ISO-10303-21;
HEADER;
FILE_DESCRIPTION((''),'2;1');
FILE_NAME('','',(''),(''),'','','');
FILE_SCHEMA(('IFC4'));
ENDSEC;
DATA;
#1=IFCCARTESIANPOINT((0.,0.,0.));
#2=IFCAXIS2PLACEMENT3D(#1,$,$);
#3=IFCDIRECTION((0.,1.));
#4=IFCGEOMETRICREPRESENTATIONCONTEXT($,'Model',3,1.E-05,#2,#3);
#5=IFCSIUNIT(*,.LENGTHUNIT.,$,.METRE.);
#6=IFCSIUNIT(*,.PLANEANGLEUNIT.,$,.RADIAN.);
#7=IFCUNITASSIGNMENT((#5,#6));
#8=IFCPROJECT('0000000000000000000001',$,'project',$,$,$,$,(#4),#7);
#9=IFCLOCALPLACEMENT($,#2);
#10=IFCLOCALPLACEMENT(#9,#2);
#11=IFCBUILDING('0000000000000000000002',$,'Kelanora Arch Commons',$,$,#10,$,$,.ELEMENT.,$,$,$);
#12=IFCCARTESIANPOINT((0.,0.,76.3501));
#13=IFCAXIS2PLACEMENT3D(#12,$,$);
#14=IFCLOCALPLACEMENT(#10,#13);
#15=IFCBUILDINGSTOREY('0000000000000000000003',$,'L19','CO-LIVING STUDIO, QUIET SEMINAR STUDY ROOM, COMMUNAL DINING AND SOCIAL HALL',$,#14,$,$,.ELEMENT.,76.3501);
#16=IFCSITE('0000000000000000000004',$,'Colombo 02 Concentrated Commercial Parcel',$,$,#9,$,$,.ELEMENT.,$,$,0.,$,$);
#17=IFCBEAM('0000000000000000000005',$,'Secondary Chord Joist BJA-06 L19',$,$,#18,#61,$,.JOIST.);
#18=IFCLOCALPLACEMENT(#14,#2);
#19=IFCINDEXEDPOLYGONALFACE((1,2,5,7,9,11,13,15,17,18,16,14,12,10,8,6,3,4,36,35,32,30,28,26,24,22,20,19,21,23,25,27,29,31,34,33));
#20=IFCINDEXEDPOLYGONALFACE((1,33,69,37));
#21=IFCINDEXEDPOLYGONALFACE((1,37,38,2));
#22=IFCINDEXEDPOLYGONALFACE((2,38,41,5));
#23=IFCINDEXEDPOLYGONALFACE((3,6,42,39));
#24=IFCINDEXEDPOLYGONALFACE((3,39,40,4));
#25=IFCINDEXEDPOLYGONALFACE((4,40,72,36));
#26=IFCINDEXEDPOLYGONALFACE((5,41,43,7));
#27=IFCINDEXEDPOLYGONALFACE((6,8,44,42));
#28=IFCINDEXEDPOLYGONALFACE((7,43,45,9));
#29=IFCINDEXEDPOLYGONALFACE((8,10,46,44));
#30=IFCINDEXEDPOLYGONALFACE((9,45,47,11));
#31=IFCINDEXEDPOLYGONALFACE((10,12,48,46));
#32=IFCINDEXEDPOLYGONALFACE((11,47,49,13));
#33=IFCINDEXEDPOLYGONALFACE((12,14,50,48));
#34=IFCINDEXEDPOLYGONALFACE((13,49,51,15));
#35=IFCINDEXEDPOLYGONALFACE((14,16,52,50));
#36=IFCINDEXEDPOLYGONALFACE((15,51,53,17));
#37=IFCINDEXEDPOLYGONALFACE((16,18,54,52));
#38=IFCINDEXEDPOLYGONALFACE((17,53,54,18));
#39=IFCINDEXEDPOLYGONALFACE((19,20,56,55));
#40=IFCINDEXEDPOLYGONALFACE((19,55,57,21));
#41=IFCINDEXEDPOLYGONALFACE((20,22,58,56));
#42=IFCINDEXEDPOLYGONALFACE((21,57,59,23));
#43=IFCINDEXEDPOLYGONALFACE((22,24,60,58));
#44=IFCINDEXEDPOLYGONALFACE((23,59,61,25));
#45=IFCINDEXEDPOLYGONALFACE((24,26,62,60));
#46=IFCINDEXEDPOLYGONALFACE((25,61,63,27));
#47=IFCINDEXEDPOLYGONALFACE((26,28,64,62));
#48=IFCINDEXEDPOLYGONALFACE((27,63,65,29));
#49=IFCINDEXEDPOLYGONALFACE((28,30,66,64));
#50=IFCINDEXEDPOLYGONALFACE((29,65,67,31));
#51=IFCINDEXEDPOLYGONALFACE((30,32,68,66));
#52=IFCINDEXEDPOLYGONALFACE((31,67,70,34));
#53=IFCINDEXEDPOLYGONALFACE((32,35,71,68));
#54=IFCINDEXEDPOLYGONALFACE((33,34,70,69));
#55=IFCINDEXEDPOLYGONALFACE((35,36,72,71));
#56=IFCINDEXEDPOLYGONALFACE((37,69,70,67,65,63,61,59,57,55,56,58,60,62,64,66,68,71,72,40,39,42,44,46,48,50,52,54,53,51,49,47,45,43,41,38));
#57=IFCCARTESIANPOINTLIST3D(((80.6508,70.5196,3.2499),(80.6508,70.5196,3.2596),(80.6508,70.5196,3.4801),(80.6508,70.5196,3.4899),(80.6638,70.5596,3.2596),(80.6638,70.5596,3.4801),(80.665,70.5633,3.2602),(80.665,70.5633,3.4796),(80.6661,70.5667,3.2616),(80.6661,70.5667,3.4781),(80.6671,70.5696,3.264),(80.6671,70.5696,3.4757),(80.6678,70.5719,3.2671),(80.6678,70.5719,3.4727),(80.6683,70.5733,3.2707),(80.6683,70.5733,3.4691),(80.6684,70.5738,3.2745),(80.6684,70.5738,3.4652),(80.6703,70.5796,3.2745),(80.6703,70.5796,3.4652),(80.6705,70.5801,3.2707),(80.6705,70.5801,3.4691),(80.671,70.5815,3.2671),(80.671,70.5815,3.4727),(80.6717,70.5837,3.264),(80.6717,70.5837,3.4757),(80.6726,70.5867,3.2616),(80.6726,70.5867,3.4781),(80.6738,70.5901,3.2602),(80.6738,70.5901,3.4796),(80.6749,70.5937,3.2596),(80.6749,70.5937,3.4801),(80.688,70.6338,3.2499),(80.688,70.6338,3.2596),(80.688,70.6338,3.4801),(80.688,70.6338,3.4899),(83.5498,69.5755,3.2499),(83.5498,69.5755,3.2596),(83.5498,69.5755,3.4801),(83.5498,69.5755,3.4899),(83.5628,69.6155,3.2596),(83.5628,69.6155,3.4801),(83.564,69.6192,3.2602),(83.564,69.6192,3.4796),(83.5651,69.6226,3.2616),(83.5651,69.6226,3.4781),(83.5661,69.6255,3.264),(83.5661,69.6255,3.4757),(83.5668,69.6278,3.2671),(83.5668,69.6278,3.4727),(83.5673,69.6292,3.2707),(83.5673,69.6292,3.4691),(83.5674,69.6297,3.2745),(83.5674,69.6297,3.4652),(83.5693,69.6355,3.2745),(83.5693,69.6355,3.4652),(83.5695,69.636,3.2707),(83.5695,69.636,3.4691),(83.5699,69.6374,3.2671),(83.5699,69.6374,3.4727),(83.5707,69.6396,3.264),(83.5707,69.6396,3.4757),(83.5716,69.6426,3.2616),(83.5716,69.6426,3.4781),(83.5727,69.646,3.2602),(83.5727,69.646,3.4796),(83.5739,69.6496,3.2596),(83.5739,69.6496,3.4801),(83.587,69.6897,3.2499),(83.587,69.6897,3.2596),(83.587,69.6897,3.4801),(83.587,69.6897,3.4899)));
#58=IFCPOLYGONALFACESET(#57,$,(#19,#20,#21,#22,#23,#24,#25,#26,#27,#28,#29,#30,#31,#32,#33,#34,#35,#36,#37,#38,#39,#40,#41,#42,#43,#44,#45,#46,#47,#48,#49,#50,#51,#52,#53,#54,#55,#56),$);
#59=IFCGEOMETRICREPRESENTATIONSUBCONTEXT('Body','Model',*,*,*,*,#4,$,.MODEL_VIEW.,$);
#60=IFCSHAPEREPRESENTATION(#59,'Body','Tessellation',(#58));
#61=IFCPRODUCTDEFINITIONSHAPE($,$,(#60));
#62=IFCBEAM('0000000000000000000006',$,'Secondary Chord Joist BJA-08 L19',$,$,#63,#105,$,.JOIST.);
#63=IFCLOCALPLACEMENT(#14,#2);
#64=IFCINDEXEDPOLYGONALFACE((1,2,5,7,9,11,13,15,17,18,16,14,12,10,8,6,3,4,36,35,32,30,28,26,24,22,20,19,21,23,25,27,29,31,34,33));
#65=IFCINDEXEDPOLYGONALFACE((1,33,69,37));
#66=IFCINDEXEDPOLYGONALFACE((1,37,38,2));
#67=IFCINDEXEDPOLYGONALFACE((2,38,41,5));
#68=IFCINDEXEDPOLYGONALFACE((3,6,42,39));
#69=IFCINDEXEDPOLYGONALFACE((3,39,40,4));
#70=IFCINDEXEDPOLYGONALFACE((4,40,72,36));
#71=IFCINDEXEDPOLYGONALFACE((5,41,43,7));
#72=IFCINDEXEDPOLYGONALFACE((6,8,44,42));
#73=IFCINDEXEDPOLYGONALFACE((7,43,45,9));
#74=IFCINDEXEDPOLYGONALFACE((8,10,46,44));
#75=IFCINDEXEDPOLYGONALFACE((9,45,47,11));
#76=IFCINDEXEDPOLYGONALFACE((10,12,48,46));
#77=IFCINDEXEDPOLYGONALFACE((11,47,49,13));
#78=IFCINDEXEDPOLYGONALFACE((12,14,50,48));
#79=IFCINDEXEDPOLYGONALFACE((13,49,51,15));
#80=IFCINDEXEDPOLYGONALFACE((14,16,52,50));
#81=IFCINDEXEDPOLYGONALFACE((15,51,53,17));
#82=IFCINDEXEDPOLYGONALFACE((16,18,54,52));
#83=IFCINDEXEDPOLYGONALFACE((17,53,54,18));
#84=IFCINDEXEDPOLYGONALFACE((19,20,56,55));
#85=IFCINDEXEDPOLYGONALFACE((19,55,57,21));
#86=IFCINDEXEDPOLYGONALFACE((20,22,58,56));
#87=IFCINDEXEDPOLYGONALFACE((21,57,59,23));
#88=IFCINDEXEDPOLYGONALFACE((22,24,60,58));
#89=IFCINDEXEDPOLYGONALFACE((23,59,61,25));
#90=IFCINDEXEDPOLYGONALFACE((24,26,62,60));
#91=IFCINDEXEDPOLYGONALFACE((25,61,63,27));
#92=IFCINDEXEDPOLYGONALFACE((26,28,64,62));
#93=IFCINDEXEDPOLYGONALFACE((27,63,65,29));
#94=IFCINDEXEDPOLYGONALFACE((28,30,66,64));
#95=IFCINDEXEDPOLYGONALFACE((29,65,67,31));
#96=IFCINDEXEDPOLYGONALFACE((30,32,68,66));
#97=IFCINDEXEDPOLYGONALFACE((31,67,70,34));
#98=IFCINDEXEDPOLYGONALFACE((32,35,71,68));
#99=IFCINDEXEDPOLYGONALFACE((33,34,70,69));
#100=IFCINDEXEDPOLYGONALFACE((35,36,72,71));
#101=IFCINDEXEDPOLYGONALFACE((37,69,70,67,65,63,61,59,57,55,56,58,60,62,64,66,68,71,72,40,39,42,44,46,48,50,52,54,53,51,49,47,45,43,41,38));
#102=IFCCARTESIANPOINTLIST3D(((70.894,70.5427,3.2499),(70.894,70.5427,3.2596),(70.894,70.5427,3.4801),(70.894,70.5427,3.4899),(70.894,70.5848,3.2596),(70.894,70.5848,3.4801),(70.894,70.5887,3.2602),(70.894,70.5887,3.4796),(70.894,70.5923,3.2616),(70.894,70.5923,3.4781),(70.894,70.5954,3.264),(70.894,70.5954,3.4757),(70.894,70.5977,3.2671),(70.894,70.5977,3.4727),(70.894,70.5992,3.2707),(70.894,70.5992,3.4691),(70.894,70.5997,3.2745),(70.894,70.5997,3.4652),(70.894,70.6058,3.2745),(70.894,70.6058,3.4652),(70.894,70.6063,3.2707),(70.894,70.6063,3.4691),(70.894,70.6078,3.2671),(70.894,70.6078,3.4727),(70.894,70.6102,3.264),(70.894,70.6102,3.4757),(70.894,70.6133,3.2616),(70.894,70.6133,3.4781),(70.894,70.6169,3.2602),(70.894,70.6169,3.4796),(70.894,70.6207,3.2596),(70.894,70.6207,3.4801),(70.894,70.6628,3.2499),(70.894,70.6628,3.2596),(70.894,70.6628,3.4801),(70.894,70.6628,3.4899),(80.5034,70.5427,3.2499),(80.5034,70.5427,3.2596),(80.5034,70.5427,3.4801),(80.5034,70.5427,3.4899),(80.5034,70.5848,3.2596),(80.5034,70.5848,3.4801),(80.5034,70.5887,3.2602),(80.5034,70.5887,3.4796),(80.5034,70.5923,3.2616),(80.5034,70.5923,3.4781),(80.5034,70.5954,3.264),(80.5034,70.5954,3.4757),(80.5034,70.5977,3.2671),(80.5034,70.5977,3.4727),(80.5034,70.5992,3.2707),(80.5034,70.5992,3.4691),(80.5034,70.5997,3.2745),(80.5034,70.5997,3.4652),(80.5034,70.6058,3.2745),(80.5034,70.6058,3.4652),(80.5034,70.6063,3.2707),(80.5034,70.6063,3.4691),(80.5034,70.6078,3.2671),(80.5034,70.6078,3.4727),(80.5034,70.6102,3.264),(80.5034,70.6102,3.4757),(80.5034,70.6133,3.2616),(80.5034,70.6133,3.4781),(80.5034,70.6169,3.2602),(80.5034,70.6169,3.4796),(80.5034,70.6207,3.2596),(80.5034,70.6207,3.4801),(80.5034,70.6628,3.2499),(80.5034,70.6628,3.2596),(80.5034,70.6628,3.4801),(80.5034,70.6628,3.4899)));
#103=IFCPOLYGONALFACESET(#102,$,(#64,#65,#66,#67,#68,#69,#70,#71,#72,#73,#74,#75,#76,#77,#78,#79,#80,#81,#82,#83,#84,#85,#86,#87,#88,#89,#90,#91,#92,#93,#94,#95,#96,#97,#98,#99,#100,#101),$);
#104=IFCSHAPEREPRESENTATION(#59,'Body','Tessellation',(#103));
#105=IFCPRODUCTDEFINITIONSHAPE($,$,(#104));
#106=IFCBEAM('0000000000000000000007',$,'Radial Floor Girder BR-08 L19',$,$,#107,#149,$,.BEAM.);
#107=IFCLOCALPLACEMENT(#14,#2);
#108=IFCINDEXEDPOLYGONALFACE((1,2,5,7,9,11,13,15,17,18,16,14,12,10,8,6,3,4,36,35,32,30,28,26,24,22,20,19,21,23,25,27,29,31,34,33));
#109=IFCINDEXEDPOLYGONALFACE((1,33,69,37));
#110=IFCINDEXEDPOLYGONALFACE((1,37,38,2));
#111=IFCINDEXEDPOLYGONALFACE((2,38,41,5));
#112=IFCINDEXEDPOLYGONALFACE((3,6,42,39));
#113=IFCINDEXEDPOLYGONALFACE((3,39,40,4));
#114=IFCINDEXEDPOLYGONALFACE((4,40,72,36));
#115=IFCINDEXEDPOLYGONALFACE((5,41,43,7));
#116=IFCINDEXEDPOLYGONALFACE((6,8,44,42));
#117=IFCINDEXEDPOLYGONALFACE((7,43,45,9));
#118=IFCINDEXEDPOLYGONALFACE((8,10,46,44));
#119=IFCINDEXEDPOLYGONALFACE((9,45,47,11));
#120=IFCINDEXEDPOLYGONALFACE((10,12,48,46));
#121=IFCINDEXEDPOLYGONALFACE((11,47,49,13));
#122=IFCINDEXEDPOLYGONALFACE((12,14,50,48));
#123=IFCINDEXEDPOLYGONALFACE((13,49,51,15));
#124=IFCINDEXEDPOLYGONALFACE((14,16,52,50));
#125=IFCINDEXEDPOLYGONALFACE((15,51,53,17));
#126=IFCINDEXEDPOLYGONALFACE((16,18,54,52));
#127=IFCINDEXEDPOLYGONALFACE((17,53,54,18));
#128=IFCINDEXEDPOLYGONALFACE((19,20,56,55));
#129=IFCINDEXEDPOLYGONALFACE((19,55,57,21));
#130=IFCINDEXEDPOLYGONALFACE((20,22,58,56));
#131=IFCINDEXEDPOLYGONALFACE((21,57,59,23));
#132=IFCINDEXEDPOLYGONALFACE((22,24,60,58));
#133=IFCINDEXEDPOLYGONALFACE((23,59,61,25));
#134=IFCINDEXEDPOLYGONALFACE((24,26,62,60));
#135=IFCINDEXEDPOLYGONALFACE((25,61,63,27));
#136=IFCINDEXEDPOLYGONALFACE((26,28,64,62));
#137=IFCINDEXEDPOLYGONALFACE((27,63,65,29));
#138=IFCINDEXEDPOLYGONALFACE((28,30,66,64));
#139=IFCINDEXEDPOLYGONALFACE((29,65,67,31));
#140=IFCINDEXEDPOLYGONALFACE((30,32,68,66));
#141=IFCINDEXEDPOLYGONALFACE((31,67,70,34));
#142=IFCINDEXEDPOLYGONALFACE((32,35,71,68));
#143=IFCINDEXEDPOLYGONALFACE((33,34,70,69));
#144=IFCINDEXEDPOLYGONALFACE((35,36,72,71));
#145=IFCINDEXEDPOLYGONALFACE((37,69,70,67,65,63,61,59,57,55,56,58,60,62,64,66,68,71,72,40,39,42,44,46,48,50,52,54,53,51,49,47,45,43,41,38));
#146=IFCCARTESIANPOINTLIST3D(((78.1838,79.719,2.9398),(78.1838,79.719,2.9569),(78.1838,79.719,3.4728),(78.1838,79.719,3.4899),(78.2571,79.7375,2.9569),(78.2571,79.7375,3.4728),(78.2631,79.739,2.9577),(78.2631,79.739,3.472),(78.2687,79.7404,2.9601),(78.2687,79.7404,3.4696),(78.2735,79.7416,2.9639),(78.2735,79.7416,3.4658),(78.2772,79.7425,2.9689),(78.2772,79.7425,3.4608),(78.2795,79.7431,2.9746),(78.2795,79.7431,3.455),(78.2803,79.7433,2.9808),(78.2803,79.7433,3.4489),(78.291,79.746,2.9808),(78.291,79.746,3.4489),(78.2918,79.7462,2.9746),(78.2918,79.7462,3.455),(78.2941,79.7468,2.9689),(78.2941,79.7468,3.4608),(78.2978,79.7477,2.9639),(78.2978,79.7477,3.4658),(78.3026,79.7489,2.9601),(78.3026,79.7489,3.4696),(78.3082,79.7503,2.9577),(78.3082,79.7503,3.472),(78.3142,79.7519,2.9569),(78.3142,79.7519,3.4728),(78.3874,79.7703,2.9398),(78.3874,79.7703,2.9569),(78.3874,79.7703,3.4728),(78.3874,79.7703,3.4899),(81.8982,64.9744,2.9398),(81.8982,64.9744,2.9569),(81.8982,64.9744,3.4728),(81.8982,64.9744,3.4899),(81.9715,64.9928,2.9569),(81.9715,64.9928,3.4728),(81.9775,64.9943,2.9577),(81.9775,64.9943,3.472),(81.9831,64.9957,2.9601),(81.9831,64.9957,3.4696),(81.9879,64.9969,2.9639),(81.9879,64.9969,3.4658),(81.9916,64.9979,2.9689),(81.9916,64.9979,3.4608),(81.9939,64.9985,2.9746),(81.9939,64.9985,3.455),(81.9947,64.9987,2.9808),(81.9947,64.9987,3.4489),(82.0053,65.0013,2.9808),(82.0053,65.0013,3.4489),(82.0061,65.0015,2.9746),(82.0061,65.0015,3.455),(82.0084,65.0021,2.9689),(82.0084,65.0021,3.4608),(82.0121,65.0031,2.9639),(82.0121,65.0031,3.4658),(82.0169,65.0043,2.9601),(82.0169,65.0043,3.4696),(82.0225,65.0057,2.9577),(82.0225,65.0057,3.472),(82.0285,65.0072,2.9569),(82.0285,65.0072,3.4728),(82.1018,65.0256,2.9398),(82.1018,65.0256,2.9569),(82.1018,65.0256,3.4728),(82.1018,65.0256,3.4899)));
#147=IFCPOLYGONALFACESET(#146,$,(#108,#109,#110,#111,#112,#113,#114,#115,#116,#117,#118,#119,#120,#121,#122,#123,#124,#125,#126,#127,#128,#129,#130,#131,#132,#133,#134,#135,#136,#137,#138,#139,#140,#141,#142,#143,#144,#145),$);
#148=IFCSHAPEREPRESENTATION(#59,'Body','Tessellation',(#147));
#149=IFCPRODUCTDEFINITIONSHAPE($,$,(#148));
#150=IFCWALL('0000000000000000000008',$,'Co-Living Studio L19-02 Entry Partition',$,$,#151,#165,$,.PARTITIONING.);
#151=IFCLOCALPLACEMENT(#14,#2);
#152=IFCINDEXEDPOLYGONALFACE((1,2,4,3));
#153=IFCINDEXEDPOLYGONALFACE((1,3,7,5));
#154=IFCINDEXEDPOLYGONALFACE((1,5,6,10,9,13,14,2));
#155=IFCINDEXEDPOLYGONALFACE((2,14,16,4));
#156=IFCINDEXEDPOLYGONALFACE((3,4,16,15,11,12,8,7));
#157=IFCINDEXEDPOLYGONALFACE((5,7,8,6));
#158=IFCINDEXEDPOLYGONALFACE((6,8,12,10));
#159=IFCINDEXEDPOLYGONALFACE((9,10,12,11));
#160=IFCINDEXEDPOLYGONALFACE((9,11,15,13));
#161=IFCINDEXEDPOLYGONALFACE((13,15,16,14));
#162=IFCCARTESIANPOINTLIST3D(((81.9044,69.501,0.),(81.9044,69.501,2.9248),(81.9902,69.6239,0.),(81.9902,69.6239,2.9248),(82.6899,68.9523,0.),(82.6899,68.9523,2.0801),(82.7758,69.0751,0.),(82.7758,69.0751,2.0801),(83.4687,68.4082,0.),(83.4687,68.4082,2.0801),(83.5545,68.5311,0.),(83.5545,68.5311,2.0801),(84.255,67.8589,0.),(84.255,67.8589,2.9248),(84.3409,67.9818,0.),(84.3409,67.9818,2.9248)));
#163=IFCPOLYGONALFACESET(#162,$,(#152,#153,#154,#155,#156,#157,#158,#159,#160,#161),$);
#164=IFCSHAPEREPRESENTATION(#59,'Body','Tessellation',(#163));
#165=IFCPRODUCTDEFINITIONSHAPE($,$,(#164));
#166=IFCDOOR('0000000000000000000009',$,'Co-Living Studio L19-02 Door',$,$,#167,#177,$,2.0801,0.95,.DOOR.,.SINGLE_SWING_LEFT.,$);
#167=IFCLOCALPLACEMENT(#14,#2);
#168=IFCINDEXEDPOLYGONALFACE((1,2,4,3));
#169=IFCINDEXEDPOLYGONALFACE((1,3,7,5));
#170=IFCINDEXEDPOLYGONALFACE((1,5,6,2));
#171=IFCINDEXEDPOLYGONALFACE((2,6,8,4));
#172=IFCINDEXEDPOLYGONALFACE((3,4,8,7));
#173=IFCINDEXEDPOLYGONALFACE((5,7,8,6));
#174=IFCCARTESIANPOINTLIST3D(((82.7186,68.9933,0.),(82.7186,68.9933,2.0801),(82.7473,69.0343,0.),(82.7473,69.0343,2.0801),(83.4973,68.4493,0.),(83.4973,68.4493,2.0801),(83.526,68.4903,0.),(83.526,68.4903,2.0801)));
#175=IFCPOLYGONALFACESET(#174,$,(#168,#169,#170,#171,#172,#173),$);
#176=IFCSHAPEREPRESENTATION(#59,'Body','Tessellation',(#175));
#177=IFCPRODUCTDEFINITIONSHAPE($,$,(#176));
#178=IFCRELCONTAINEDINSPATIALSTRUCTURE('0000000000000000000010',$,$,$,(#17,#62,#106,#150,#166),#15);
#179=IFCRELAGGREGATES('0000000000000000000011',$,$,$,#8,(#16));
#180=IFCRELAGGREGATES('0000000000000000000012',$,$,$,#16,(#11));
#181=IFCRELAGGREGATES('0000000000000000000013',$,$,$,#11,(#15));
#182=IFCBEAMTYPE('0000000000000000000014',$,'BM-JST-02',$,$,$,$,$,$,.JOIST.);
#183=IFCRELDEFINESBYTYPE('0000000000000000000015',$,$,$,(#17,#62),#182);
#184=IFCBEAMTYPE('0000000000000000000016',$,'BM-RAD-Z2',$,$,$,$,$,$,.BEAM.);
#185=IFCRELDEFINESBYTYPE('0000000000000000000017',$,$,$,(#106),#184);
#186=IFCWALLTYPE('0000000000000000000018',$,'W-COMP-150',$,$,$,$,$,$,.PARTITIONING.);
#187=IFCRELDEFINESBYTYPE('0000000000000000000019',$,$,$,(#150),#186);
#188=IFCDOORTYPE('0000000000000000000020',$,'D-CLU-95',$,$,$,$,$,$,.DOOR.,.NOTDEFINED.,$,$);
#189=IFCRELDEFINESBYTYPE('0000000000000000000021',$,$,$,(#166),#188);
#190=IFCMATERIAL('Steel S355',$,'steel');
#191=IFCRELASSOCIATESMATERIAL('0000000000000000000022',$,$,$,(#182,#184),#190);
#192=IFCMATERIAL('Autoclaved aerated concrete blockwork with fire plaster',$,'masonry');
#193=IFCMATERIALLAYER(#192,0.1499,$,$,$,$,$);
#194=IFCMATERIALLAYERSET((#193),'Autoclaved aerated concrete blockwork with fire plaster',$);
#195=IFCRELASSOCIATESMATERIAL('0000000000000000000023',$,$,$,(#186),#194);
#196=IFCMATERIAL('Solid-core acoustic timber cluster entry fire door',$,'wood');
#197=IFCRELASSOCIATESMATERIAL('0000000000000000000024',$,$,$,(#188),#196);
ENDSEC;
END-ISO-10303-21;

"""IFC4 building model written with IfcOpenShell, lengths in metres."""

from ifc_helpers import new_model, si_unit, direction, frame, frame_2d, origin, origin_2d, place, context, subcontext, project, spatial, rectangle, i_section, extrude, material, layer, layer_set, material_profile, profile_set, type_object, element, fill, save


model = new_model("IFC4")

# Units and contexts
model_context = context("Model", 3, precision=1e-05, world=origin(), true_north=direction((0.0, 1.0)))
body_context = subcontext(model_context, "Body", "Model", "MODEL_VIEW")
ifc_project = project(units=[si_unit("LENGTHUNIT", "METRE"), si_unit("PLANEANGLEUNIT", "RADIAN")], contexts=[model_context])

# Site, building, storey
site_placement = place(None, origin())
site = spatial("IfcSite", under=ifc_project, at=site_placement, Name="Colombo 02 Concentrated Commercial Parcel", CompositionType="ELEMENT", RefElevation=0.0)
building_placement = place(site_placement, origin())
building = spatial("IfcBuilding", under=site, at=building_placement, Name="Kelanora Arch Commons", CompositionType="ELEMENT")
storey_placement = place(building_placement, frame((0.0, 0.0, 76.3501)))
storey = spatial("IfcBuildingStorey", under=building, at=storey_placement, Name="L19", Description="CO-LIVING STUDIO, QUIET SEMINAR STUDY ROOM, COMMUNAL DINING AND SOCIAL HALL", CompositionType="ELEMENT", Elevation=76.3501)

# Beams
ifc_material_1 = material(Name="Steel S355", Category="steel")
ifc_material_profile_1 = material_profile(ifc_material_1, i_section(OverallWidth=0.1201, OverallDepth=0.24, WebThickness=0.0061, FlangeThickness=0.0098, FilletRadius=0.0149, at=origin_2d()), Name="IPE240")
ifc_profile_set_1 = profile_set([ifc_material_profile_1], Name="Steel S355")
beam_type_1 = type_object("IfcBeamType", Name="BM-JST-02", PredefinedType="JOIST", material=ifc_profile_set_1)
beam_1_placement = place(storey_placement, frame((83.5684, 69.6326, 3.3699), z_axis=(-0.950847, 0.309662, 0.0), x_axis=(-0.309662, -0.950847, 0.0)))
element("IfcBeam", 1, at=beam_1_placement, inside=storey, type_object=beam_type_1, Name="Secondary Chord Joist BJA-06 L19", PredefinedType="JOIST", context=body_context, shape_type="SweptSolid", body=[
    extrude(i_section(OverallWidth=0.1201, OverallDepth=0.24, WebThickness=0.0061, FlangeThickness=0.0098, FilletRadius=0.0149, at=origin_2d()), origin(), (0.0, 0.0, 1.0), 3.0488),
])
beam_2_placement = place(storey_placement, frame((80.5034, 70.6028, 3.3699), z_axis=(-1.0, 0.0, 0.0), x_axis=(0.0, -1.0, 0.0)))
element("IfcBeam", 2, at=beam_2_placement, inside=storey, type_object=beam_type_1, Name="Secondary Chord Joist BJA-08 L19", PredefinedType="JOIST", context=body_context, shape_type="SweptSolid", body=[
    extrude(i_section(OverallWidth=0.1201, OverallDepth=0.24, WebThickness=0.0061, FlangeThickness=0.0098, FilletRadius=0.0149, at=origin_2d()), origin(), (0.0, 0.0, 1.0), 9.6094),
])
ifc_material_profile_2 = material_profile(ifc_material_1, i_section(OverallWidth=0.21, OverallDepth=0.55, WebThickness=0.011, FlangeThickness=0.0171, FilletRadius=0.0239, at=origin_2d()), Name="IPE550")
ifc_profile_set_2 = profile_set([ifc_material_profile_2], Name="Steel S355")
beam_type_2 = type_object("IfcBeamType", Name="BM-RAD-Z2", PredefinedType="BEAM", material=ifc_profile_set_2)
beam_3_placement = place(storey_placement, frame((82.0, 65.0, 3.2148), z_axis=(-0.244281, 0.969705, 0.0), x_axis=(-0.969705, -0.244281, 0.0)))
element("IfcBeam", 3, at=beam_3_placement, inside=storey, type_object=beam_type_2, Name="Radial Floor Girder BR-08 L19", PredefinedType="BEAM", context=body_context, shape_type="SweptSolid", body=[
    extrude(i_section(OverallWidth=0.21, OverallDepth=0.55, WebThickness=0.011, FlangeThickness=0.0171, FilletRadius=0.0239, at=origin_2d()), origin(), (0.0, 0.0, 1.0), 15.2053),
])

# Wall, opening, door
ifc_material_2 = material(Name="Autoclaved aerated concrete blockwork with fire plaster", Category="masonry")
ifc_layer_1 = layer(ifc_material_2, 0.1499)
ifc_layer_set_1 = layer_set([ifc_layer_1], Name="Autoclaved aerated concrete blockwork with fire plaster")
wall_type_1 = type_object("IfcWallType", Name="W-COMP-150", PredefinedType="PARTITIONING", material=ifc_layer_set_1)
wall_1_placement = place(storey_placement, frame((84.2979, 67.9204, 0.0), z_axis=(0.0, 0.0, 1.0), x_axis=(-0.819776, 0.572685, 0.0)))
wall_1 = element("IfcWall", 4, at=wall_1_placement, inside=storey, type_object=wall_type_1, Name="Co-Living Studio L19-02 Entry Partition", PredefinedType="PARTITIONING", context=body_context, shape_type="SweptSolid", body=[
    extrude(rectangle(XDim=2.8674, YDim=0.1499, at=frame_2d((1.4336, 0.0))), origin(), (0.0, 0.0, 1.0), 2.9248),
])
opening_1_placement = place(wall_1_placement, frame((0.959, 0.0, 0.0)))
opening_1 = element("IfcOpeningElement", 5, at=opening_1_placement, cuts=wall_1, PredefinedType="OPENING", context=body_context, shape_type="SweptSolid", body=[
    extrude(rectangle(XDim=0.95, YDim=2.0801, at=frame_2d((0.4751, 1.04))), frame((0.0, 0.085, 0.0), z_axis=(0.0, -1.0, 0.0), x_axis=(1.0, 0.0, 0.0)), (0.0, 0.0, 1.0), 0.1699),
])
ifc_material_3 = material(Name="Solid-core acoustic timber cluster entry fire door", Category="wood")
door_type_1 = type_object("IfcDoorType", Name="D-CLU-95", OperationType="NOTDEFINED", PredefinedType="DOOR", material=ifc_material_3)
door_1_placement = place(opening_1_placement, origin())
door_1 = element("IfcDoor", 6, at=door_1_placement, inside=storey, type_object=door_type_1, Name="Co-Living Studio L19-02 Door", OperationType="SINGLE_SWING_LEFT", OverallHeight=2.0801, OverallWidth=0.95, PredefinedType="DOOR", context=body_context, shape_type="SweptSolid", body=[
    extrude(rectangle(XDim=0.95, YDim=2.0801, at=frame_2d((0.4751, 1.04))), frame((0.0, 0.0249, 0.0), z_axis=(0.0, -1.0, 0.0), x_axis=(1.0, 0.0, 0.0)), (0.0, 0.0, 1.0), 0.05),
])
fill(opening_1, door_1)

save(model, "model.ifc")
